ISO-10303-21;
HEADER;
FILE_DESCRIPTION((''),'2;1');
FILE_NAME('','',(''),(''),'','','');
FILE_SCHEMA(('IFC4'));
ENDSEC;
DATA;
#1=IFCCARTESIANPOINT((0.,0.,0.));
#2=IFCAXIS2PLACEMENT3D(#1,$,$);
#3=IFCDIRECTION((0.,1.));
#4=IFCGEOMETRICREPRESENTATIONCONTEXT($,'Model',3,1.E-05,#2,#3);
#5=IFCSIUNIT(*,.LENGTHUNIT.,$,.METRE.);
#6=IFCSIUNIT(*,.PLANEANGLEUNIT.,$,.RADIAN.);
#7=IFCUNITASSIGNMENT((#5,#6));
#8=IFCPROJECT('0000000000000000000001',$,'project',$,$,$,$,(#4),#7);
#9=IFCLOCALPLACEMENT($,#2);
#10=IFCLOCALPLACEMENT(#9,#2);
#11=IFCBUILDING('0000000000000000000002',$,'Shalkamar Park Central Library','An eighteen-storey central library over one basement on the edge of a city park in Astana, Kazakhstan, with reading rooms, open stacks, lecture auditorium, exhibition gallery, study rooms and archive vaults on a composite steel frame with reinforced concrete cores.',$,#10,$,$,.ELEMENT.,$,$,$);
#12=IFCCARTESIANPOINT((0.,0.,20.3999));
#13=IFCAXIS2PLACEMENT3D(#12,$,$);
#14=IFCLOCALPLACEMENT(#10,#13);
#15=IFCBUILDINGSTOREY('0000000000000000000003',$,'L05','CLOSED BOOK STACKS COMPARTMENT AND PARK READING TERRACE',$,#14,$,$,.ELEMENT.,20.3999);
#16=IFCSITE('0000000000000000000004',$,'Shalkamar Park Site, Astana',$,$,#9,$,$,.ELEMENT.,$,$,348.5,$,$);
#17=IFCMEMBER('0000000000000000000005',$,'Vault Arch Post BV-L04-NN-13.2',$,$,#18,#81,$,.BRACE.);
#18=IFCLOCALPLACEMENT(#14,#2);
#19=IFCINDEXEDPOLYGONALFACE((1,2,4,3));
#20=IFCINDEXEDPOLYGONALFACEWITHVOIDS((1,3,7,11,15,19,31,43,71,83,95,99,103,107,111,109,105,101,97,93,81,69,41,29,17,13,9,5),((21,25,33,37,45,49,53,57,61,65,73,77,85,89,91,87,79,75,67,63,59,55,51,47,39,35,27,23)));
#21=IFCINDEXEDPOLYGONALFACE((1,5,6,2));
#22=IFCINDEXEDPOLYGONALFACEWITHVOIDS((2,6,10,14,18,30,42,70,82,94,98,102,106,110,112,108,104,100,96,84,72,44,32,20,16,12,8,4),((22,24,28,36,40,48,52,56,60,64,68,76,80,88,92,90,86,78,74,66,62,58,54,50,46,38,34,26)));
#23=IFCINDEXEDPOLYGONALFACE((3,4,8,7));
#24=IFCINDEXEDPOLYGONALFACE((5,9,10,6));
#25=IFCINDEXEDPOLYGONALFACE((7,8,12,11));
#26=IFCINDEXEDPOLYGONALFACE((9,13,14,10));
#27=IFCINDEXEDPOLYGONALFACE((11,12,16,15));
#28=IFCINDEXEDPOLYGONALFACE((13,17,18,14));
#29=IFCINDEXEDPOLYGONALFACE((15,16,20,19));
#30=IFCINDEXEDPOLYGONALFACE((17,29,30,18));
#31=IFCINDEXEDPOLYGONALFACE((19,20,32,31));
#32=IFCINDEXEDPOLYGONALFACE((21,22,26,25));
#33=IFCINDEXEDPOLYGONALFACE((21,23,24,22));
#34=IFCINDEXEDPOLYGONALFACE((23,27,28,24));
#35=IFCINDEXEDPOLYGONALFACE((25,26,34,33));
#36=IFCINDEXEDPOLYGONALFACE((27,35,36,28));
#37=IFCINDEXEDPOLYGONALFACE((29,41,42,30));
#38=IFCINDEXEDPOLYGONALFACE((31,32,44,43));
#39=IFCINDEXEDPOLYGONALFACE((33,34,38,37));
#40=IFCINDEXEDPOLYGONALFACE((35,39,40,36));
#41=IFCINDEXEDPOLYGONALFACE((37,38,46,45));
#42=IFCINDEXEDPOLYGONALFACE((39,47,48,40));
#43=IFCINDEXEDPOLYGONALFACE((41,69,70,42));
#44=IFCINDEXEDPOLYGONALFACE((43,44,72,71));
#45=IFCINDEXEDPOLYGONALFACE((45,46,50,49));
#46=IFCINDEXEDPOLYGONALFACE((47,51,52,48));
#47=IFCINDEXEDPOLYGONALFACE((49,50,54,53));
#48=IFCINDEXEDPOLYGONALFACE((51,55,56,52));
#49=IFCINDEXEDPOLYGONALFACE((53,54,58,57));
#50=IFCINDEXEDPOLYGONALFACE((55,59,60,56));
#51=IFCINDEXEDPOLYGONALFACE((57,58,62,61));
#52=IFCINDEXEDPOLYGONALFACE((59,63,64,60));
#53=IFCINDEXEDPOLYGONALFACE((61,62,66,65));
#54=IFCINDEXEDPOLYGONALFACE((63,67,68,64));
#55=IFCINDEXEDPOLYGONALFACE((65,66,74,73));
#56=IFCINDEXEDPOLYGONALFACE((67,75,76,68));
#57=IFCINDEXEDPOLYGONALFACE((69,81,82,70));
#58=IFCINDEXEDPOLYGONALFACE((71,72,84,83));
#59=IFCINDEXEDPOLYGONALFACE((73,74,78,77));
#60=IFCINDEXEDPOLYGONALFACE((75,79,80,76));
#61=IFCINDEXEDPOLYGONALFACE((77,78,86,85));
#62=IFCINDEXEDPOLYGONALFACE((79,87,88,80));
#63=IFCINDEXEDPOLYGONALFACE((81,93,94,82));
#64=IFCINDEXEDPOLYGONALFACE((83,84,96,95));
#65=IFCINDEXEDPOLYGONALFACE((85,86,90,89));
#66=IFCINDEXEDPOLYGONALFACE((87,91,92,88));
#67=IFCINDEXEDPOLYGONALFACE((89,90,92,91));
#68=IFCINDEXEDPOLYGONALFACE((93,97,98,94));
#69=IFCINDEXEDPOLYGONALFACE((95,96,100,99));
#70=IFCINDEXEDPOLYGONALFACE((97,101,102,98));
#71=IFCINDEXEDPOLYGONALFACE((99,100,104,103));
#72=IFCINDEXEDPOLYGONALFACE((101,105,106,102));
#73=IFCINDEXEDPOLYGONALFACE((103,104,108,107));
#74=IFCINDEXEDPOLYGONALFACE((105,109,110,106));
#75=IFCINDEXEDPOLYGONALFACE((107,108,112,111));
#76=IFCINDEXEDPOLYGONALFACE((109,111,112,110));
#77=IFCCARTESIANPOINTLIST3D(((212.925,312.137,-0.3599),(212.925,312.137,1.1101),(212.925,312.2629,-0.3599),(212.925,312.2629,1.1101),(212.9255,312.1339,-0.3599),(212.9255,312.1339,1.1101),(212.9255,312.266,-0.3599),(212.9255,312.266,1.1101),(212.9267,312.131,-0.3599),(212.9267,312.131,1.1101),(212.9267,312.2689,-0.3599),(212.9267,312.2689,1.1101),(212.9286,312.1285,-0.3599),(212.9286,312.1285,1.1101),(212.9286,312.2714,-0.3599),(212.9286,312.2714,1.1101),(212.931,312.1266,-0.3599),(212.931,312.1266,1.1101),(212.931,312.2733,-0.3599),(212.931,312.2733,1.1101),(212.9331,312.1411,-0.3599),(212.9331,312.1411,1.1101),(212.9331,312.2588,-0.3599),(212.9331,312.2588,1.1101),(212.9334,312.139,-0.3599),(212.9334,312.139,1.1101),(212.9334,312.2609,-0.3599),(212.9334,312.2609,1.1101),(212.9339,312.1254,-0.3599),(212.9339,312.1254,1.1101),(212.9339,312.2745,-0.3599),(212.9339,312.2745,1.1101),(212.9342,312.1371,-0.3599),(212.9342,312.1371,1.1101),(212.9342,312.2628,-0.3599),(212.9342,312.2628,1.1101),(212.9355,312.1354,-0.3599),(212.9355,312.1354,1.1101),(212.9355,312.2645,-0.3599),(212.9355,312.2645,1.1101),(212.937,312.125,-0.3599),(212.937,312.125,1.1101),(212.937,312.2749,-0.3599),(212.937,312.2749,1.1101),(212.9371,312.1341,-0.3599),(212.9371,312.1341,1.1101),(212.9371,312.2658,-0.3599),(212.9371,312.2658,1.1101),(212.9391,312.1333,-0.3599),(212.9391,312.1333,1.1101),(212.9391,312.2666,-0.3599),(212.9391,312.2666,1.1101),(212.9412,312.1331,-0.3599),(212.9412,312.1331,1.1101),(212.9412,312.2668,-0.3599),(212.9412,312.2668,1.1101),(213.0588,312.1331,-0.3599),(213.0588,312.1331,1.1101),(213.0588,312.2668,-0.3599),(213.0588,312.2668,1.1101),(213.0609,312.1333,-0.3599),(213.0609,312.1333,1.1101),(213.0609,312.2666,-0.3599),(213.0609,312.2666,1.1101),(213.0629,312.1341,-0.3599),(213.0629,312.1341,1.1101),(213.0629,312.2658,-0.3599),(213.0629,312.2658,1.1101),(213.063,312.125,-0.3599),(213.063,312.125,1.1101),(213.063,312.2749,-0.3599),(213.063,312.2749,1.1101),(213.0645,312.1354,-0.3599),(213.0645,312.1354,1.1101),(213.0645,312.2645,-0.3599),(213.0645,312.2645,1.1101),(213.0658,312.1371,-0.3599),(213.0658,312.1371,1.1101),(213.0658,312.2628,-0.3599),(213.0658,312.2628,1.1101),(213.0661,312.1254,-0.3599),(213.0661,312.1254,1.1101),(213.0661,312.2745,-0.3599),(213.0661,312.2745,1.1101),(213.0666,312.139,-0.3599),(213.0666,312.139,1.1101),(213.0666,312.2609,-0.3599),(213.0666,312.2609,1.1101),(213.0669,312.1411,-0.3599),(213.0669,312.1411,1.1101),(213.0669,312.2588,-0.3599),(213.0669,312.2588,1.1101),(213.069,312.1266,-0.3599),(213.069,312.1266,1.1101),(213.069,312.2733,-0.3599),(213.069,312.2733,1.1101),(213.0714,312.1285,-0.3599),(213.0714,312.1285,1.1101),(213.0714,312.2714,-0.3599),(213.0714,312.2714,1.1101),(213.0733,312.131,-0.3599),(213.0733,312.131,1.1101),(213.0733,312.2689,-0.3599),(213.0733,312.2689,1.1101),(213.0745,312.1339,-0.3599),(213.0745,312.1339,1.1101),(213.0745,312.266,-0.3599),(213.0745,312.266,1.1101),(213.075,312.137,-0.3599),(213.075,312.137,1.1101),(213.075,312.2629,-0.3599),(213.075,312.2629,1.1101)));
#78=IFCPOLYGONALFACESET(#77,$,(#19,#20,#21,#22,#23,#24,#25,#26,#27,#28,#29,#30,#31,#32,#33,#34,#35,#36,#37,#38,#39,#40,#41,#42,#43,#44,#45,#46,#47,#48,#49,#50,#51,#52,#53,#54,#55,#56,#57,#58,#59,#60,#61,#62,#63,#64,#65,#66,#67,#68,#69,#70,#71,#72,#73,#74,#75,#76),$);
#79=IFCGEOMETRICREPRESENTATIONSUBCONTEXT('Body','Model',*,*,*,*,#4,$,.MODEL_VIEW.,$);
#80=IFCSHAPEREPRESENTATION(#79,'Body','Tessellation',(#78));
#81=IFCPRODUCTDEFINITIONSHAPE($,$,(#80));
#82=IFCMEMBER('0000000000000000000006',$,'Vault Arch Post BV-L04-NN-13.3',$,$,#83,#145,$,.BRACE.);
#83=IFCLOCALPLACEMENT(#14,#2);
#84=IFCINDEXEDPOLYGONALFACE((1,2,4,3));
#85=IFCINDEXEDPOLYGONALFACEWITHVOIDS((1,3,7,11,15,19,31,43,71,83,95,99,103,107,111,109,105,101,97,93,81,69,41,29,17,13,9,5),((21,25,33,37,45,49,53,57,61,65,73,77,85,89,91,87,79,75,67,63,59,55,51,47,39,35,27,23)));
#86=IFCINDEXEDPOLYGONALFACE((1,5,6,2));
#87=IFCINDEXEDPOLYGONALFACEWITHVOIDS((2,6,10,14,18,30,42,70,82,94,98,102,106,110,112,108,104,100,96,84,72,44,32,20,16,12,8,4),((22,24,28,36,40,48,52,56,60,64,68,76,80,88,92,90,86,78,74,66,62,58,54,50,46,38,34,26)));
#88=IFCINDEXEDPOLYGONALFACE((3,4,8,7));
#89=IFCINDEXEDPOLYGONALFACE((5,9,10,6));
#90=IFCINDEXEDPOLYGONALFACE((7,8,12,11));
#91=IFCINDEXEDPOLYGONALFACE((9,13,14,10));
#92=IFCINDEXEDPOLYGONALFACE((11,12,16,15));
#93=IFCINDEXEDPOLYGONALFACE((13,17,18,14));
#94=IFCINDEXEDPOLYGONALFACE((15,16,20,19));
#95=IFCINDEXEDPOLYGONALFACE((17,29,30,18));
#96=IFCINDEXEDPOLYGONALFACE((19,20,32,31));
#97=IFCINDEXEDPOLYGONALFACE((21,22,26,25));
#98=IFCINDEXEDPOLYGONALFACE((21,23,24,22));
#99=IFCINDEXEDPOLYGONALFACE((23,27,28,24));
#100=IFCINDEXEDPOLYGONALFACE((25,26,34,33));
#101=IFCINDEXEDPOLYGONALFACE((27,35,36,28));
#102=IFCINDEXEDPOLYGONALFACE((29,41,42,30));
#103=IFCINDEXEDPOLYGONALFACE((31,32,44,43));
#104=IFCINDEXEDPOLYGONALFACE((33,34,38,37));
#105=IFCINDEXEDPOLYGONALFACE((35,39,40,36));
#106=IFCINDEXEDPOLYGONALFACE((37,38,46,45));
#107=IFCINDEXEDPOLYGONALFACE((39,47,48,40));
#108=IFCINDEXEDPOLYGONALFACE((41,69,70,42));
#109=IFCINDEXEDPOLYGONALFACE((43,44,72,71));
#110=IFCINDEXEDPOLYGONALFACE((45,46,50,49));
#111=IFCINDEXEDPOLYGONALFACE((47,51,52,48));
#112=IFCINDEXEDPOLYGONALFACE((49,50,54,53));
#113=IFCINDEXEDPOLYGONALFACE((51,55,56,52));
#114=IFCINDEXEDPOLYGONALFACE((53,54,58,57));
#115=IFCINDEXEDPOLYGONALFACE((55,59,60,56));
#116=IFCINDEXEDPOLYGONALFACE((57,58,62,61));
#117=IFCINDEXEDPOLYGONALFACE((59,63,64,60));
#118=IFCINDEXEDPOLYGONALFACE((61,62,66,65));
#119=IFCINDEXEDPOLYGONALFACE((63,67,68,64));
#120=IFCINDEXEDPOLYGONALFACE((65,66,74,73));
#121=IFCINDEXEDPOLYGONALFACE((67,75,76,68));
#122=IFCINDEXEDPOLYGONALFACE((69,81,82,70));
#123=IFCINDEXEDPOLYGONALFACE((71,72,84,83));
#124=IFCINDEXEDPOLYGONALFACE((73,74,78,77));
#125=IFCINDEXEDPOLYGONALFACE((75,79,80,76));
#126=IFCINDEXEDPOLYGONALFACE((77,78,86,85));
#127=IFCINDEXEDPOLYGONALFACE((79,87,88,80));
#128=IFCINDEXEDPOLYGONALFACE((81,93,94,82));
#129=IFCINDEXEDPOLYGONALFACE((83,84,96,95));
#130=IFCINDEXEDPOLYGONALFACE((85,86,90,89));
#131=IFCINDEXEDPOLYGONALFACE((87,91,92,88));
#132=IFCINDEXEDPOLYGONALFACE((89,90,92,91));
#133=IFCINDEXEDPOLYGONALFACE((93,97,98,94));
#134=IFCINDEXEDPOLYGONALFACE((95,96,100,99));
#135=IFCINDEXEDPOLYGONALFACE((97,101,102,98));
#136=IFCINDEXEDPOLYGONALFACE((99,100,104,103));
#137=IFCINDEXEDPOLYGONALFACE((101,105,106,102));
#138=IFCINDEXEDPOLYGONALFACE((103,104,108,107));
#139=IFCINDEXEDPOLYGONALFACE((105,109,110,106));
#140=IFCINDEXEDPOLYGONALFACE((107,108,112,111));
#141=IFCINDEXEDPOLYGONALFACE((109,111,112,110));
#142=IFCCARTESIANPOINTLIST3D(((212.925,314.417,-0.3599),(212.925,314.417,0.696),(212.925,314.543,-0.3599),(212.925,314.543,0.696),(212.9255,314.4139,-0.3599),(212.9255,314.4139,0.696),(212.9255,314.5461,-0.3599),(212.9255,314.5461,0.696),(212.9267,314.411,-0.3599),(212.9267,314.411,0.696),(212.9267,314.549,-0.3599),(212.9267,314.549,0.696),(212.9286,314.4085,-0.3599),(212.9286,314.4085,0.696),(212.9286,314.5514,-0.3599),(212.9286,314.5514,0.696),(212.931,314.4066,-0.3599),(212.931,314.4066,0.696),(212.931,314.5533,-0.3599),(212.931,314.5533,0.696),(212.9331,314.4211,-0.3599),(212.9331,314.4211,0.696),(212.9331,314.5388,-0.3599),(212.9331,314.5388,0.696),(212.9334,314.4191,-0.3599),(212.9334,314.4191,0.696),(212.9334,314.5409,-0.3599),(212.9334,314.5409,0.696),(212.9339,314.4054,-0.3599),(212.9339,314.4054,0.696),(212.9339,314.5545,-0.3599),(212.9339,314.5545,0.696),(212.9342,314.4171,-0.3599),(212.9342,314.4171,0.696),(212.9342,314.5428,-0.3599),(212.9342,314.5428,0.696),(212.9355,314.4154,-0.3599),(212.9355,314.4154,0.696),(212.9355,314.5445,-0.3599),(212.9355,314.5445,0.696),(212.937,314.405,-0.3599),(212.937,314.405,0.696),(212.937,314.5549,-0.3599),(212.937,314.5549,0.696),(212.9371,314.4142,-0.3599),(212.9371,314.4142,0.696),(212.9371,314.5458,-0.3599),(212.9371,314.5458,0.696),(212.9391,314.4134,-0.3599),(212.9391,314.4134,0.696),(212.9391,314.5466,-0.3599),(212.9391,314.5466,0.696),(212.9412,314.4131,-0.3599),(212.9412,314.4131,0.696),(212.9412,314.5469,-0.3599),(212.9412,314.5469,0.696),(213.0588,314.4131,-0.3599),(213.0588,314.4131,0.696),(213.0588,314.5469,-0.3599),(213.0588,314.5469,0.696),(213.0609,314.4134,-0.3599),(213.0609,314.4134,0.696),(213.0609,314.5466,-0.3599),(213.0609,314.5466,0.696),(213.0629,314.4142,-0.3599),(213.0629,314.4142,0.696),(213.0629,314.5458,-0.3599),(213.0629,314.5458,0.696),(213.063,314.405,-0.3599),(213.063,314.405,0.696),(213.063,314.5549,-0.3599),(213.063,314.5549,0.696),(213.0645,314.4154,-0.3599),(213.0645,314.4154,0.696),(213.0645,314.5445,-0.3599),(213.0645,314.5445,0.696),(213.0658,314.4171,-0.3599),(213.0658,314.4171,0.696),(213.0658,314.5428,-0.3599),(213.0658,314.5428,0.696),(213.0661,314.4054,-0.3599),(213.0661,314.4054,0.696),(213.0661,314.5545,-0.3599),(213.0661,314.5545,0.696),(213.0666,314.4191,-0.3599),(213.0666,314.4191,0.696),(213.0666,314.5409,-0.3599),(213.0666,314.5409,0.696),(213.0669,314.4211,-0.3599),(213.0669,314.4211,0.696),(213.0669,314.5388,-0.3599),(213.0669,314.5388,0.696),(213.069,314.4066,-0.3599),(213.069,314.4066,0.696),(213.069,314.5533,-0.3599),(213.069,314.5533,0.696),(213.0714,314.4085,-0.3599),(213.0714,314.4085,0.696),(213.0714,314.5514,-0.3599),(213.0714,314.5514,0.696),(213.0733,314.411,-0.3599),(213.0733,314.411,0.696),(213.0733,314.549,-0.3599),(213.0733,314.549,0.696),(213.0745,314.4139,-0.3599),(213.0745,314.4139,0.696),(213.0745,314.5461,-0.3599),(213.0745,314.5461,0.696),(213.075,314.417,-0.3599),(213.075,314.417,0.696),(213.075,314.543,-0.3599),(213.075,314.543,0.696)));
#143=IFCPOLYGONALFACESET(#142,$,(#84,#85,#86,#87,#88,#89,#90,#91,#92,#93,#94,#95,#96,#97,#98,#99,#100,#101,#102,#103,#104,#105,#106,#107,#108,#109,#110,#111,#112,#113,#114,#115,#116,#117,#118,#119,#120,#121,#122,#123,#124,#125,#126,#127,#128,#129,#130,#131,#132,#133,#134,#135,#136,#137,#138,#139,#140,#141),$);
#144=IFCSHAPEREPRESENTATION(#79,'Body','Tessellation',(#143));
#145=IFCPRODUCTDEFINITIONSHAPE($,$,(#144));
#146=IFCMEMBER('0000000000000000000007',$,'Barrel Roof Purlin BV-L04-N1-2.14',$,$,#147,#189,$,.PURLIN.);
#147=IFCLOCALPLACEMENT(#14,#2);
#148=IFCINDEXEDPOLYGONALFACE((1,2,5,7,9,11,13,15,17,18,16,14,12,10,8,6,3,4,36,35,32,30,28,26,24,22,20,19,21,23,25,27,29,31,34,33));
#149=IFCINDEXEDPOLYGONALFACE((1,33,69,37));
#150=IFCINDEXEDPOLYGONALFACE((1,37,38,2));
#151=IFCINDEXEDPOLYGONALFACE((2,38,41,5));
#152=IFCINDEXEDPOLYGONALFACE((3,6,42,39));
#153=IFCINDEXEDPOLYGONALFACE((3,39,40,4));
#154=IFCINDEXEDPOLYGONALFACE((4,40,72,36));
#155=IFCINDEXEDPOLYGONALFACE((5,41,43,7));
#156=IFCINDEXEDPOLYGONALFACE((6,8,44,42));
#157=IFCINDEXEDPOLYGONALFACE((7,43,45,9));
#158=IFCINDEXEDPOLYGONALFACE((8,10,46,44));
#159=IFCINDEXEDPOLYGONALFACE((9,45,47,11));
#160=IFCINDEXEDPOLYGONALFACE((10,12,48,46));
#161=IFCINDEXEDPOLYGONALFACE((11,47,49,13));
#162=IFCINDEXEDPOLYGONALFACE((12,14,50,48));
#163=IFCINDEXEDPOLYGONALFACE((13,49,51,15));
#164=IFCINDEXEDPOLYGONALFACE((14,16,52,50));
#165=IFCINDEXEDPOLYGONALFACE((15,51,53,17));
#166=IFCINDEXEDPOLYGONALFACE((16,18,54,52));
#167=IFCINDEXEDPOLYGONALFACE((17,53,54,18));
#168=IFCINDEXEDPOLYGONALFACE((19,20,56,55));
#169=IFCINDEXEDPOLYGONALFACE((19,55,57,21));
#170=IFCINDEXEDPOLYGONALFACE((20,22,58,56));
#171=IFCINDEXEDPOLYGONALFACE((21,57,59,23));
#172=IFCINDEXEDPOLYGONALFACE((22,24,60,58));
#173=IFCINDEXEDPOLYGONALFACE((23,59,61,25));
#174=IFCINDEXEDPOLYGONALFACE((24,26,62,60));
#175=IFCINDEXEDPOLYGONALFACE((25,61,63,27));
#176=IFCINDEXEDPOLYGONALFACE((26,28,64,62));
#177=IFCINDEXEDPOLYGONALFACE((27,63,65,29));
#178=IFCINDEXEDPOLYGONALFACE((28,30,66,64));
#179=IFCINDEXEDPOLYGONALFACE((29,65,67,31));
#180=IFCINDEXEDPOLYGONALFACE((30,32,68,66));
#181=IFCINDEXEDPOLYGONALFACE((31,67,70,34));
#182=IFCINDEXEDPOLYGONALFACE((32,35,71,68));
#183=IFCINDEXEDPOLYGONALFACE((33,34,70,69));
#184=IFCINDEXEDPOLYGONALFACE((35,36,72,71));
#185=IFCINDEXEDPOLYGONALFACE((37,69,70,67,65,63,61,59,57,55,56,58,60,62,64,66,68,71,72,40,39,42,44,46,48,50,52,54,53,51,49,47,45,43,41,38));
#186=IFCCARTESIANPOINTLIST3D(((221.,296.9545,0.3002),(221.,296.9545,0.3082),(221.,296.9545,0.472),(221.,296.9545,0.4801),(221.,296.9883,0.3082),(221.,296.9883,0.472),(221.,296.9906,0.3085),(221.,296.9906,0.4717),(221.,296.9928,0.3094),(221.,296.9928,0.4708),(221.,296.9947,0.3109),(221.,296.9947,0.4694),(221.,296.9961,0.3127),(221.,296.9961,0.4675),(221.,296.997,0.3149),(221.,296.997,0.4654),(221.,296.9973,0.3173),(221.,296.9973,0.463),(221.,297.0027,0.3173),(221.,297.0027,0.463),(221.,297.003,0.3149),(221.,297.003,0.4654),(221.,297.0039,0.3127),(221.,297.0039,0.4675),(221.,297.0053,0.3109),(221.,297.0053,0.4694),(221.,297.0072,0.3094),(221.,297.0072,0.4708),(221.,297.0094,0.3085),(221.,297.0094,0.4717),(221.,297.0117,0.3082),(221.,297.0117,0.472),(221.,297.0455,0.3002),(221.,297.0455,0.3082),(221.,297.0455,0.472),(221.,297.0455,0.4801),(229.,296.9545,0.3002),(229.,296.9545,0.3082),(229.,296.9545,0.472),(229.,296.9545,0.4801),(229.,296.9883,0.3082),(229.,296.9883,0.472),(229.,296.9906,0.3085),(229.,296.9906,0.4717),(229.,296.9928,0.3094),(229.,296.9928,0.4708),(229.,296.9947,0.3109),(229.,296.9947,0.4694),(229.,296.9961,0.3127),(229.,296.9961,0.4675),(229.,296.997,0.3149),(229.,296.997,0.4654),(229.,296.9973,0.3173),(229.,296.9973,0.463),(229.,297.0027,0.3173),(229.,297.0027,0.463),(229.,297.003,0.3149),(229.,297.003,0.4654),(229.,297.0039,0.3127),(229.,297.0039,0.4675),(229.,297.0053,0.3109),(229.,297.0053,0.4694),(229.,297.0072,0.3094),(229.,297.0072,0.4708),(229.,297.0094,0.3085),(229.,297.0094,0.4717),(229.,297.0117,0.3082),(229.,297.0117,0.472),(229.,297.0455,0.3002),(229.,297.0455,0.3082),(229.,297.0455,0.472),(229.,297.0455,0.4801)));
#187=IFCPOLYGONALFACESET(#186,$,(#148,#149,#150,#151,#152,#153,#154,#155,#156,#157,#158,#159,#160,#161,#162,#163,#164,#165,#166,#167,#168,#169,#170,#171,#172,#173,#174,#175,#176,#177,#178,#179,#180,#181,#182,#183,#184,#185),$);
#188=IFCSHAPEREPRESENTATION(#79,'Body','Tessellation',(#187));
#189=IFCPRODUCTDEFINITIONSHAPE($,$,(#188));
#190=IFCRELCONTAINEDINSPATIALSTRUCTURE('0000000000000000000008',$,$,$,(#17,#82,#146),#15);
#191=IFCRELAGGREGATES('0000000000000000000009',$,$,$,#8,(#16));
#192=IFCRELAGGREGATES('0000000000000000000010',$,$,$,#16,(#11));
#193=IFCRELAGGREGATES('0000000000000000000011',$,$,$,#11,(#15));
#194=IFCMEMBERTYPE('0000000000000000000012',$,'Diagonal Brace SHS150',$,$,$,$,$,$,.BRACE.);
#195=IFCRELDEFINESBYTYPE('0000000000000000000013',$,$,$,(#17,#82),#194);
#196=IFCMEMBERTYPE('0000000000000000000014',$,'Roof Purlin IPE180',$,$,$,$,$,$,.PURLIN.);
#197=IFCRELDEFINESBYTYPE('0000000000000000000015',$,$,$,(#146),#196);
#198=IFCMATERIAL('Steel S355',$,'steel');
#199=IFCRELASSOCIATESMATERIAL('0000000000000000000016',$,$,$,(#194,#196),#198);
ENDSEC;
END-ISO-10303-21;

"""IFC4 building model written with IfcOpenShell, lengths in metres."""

from ifc_helpers import new_model, si_unit, direction, frame, origin, origin_2d, place, context, subcontext, project, spatial, hollow_rectangle, i_section, extrude, material, material_profile, profile_set, type_object, element, save


model = new_model("IFC4")

# Units and contexts
model_context = context("Model", 3, precision=1e-05, world=origin(), true_north=direction((0.0, 1.0)))
body_context = subcontext(model_context, "Body", "Model", "MODEL_VIEW")
ifc_project = project(units=[si_unit("LENGTHUNIT", "METRE"), si_unit("PLANEANGLEUNIT", "RADIAN")], contexts=[model_context])

# Site, building, storey
site_placement = place(None, origin())
site = spatial("IfcSite", under=ifc_project, at=site_placement, Name="Shalkamar Park Site, Astana", CompositionType="ELEMENT", RefElevation=348.5)
building_placement = place(site_placement, origin())
building = spatial("IfcBuilding", under=site, at=building_placement, Name="Shalkamar Park Central Library", Description="An eighteen-storey central library over one basement on the edge of a city park in Astana, Kazakhstan, with reading rooms, open stacks, lecture auditorium, exhibition gallery, study rooms and archive vaults on a composite steel frame with reinforced concrete cores.", CompositionType="ELEMENT")
storey_placement = place(building_placement, frame((0.0, 0.0, 20.3999)))
storey = spatial("IfcBuildingStorey", under=building, at=storey_placement, Name="L05", Description="CLOSED BOOK STACKS COMPARTMENT AND PARK READING TERRACE", CompositionType="ELEMENT", Elevation=20.3999)

# Members
ifc_material_1 = material(Name="Steel S355", Category="steel")
ifc_material_profile_1 = material_profile(ifc_material_1, hollow_rectangle(XDim=0.1499, YDim=0.1499, WallThickness=0.0081, InnerFilletRadius=0.0081, OuterFilletRadius=0.012, at=origin_2d()), Name="SHS 150x150x8")
ifc_profile_set_1 = profile_set([ifc_material_profile_1], Name="Steel S355")
member_type_1 = type_object("IfcMemberType", Name="Diagonal Brace SHS150", PredefinedType="BRACE", material=ifc_profile_set_1)
member_1_placement = place(storey_placement, frame((213.0, 312.2, -0.3599), z_axis=(0.0, 0.0, 1.0), x_axis=(1.0, 0.0, 0.0)))
element("IfcMember", 1, at=member_1_placement, inside=storey, type_object=member_type_1, Name="Vault Arch Post BV-L04-NN-13.2", PredefinedType="BRACE", context=body_context, shape_type="SweptSolid", body=[
    extrude(hollow_rectangle(XDim=0.1499, YDim=0.1499, WallThickness=0.0081, InnerFilletRadius=0.0081, OuterFilletRadius=0.012, at=origin_2d()), origin(), (0.0, 0.0, 1.0), 1.47),
])
member_2_placement = place(storey_placement, frame((213.0, 314.48, -0.3599), z_axis=(0.0, 0.0, 1.0), x_axis=(1.0, 0.0, 0.0)))
element("IfcMember", 2, at=member_2_placement, inside=storey, type_object=member_type_1, Name="Vault Arch Post BV-L04-NN-13.3", PredefinedType="BRACE", context=body_context, shape_type="SweptSolid", body=[
    extrude(hollow_rectangle(XDim=0.1499, YDim=0.1499, WallThickness=0.0081, InnerFilletRadius=0.0081, OuterFilletRadius=0.012, at=origin_2d()), origin(), (0.0, 0.0, 1.0), 1.0559),
])
ifc_material_profile_2 = material_profile(ifc_material_1, i_section(OverallWidth=0.0911, OverallDepth=0.1799, WebThickness=0.0054, FlangeThickness=0.0081, FilletRadius=0.009, at=origin_2d()), Name="IPE 180")
ifc_profile_set_2 = profile_set([ifc_material_profile_2], Name="Steel S355")
member_type_2 = type_object("IfcMemberType", Name="Roof Purlin IPE180", PredefinedType="PURLIN", material=ifc_profile_set_2)
for number, where, z_axis, x_axis, name in (
    (3, (221.0, 297.0, 0.3901), (1.0, 0.0, 0.0), (0.0, 1.0, 0.0), "Barrel Roof Purlin BV-L04-N1-2.14"),
):
    element("IfcMember", number, at=place(storey_placement, frame(where, z_axis=z_axis, x_axis=x_axis)), inside=storey, type_object=member_type_2, Name=name, PredefinedType="PURLIN", context=body_context, shape_type="SweptSolid", body=[
        extrude(i_section(OverallWidth=0.0911, OverallDepth=0.1799, WebThickness=0.0054, FlangeThickness=0.0081, FilletRadius=0.009, at=origin_2d()), origin(), (0.0, 0.0, 1.0), 8.0),
    ])

save(model, "model.ifc")
